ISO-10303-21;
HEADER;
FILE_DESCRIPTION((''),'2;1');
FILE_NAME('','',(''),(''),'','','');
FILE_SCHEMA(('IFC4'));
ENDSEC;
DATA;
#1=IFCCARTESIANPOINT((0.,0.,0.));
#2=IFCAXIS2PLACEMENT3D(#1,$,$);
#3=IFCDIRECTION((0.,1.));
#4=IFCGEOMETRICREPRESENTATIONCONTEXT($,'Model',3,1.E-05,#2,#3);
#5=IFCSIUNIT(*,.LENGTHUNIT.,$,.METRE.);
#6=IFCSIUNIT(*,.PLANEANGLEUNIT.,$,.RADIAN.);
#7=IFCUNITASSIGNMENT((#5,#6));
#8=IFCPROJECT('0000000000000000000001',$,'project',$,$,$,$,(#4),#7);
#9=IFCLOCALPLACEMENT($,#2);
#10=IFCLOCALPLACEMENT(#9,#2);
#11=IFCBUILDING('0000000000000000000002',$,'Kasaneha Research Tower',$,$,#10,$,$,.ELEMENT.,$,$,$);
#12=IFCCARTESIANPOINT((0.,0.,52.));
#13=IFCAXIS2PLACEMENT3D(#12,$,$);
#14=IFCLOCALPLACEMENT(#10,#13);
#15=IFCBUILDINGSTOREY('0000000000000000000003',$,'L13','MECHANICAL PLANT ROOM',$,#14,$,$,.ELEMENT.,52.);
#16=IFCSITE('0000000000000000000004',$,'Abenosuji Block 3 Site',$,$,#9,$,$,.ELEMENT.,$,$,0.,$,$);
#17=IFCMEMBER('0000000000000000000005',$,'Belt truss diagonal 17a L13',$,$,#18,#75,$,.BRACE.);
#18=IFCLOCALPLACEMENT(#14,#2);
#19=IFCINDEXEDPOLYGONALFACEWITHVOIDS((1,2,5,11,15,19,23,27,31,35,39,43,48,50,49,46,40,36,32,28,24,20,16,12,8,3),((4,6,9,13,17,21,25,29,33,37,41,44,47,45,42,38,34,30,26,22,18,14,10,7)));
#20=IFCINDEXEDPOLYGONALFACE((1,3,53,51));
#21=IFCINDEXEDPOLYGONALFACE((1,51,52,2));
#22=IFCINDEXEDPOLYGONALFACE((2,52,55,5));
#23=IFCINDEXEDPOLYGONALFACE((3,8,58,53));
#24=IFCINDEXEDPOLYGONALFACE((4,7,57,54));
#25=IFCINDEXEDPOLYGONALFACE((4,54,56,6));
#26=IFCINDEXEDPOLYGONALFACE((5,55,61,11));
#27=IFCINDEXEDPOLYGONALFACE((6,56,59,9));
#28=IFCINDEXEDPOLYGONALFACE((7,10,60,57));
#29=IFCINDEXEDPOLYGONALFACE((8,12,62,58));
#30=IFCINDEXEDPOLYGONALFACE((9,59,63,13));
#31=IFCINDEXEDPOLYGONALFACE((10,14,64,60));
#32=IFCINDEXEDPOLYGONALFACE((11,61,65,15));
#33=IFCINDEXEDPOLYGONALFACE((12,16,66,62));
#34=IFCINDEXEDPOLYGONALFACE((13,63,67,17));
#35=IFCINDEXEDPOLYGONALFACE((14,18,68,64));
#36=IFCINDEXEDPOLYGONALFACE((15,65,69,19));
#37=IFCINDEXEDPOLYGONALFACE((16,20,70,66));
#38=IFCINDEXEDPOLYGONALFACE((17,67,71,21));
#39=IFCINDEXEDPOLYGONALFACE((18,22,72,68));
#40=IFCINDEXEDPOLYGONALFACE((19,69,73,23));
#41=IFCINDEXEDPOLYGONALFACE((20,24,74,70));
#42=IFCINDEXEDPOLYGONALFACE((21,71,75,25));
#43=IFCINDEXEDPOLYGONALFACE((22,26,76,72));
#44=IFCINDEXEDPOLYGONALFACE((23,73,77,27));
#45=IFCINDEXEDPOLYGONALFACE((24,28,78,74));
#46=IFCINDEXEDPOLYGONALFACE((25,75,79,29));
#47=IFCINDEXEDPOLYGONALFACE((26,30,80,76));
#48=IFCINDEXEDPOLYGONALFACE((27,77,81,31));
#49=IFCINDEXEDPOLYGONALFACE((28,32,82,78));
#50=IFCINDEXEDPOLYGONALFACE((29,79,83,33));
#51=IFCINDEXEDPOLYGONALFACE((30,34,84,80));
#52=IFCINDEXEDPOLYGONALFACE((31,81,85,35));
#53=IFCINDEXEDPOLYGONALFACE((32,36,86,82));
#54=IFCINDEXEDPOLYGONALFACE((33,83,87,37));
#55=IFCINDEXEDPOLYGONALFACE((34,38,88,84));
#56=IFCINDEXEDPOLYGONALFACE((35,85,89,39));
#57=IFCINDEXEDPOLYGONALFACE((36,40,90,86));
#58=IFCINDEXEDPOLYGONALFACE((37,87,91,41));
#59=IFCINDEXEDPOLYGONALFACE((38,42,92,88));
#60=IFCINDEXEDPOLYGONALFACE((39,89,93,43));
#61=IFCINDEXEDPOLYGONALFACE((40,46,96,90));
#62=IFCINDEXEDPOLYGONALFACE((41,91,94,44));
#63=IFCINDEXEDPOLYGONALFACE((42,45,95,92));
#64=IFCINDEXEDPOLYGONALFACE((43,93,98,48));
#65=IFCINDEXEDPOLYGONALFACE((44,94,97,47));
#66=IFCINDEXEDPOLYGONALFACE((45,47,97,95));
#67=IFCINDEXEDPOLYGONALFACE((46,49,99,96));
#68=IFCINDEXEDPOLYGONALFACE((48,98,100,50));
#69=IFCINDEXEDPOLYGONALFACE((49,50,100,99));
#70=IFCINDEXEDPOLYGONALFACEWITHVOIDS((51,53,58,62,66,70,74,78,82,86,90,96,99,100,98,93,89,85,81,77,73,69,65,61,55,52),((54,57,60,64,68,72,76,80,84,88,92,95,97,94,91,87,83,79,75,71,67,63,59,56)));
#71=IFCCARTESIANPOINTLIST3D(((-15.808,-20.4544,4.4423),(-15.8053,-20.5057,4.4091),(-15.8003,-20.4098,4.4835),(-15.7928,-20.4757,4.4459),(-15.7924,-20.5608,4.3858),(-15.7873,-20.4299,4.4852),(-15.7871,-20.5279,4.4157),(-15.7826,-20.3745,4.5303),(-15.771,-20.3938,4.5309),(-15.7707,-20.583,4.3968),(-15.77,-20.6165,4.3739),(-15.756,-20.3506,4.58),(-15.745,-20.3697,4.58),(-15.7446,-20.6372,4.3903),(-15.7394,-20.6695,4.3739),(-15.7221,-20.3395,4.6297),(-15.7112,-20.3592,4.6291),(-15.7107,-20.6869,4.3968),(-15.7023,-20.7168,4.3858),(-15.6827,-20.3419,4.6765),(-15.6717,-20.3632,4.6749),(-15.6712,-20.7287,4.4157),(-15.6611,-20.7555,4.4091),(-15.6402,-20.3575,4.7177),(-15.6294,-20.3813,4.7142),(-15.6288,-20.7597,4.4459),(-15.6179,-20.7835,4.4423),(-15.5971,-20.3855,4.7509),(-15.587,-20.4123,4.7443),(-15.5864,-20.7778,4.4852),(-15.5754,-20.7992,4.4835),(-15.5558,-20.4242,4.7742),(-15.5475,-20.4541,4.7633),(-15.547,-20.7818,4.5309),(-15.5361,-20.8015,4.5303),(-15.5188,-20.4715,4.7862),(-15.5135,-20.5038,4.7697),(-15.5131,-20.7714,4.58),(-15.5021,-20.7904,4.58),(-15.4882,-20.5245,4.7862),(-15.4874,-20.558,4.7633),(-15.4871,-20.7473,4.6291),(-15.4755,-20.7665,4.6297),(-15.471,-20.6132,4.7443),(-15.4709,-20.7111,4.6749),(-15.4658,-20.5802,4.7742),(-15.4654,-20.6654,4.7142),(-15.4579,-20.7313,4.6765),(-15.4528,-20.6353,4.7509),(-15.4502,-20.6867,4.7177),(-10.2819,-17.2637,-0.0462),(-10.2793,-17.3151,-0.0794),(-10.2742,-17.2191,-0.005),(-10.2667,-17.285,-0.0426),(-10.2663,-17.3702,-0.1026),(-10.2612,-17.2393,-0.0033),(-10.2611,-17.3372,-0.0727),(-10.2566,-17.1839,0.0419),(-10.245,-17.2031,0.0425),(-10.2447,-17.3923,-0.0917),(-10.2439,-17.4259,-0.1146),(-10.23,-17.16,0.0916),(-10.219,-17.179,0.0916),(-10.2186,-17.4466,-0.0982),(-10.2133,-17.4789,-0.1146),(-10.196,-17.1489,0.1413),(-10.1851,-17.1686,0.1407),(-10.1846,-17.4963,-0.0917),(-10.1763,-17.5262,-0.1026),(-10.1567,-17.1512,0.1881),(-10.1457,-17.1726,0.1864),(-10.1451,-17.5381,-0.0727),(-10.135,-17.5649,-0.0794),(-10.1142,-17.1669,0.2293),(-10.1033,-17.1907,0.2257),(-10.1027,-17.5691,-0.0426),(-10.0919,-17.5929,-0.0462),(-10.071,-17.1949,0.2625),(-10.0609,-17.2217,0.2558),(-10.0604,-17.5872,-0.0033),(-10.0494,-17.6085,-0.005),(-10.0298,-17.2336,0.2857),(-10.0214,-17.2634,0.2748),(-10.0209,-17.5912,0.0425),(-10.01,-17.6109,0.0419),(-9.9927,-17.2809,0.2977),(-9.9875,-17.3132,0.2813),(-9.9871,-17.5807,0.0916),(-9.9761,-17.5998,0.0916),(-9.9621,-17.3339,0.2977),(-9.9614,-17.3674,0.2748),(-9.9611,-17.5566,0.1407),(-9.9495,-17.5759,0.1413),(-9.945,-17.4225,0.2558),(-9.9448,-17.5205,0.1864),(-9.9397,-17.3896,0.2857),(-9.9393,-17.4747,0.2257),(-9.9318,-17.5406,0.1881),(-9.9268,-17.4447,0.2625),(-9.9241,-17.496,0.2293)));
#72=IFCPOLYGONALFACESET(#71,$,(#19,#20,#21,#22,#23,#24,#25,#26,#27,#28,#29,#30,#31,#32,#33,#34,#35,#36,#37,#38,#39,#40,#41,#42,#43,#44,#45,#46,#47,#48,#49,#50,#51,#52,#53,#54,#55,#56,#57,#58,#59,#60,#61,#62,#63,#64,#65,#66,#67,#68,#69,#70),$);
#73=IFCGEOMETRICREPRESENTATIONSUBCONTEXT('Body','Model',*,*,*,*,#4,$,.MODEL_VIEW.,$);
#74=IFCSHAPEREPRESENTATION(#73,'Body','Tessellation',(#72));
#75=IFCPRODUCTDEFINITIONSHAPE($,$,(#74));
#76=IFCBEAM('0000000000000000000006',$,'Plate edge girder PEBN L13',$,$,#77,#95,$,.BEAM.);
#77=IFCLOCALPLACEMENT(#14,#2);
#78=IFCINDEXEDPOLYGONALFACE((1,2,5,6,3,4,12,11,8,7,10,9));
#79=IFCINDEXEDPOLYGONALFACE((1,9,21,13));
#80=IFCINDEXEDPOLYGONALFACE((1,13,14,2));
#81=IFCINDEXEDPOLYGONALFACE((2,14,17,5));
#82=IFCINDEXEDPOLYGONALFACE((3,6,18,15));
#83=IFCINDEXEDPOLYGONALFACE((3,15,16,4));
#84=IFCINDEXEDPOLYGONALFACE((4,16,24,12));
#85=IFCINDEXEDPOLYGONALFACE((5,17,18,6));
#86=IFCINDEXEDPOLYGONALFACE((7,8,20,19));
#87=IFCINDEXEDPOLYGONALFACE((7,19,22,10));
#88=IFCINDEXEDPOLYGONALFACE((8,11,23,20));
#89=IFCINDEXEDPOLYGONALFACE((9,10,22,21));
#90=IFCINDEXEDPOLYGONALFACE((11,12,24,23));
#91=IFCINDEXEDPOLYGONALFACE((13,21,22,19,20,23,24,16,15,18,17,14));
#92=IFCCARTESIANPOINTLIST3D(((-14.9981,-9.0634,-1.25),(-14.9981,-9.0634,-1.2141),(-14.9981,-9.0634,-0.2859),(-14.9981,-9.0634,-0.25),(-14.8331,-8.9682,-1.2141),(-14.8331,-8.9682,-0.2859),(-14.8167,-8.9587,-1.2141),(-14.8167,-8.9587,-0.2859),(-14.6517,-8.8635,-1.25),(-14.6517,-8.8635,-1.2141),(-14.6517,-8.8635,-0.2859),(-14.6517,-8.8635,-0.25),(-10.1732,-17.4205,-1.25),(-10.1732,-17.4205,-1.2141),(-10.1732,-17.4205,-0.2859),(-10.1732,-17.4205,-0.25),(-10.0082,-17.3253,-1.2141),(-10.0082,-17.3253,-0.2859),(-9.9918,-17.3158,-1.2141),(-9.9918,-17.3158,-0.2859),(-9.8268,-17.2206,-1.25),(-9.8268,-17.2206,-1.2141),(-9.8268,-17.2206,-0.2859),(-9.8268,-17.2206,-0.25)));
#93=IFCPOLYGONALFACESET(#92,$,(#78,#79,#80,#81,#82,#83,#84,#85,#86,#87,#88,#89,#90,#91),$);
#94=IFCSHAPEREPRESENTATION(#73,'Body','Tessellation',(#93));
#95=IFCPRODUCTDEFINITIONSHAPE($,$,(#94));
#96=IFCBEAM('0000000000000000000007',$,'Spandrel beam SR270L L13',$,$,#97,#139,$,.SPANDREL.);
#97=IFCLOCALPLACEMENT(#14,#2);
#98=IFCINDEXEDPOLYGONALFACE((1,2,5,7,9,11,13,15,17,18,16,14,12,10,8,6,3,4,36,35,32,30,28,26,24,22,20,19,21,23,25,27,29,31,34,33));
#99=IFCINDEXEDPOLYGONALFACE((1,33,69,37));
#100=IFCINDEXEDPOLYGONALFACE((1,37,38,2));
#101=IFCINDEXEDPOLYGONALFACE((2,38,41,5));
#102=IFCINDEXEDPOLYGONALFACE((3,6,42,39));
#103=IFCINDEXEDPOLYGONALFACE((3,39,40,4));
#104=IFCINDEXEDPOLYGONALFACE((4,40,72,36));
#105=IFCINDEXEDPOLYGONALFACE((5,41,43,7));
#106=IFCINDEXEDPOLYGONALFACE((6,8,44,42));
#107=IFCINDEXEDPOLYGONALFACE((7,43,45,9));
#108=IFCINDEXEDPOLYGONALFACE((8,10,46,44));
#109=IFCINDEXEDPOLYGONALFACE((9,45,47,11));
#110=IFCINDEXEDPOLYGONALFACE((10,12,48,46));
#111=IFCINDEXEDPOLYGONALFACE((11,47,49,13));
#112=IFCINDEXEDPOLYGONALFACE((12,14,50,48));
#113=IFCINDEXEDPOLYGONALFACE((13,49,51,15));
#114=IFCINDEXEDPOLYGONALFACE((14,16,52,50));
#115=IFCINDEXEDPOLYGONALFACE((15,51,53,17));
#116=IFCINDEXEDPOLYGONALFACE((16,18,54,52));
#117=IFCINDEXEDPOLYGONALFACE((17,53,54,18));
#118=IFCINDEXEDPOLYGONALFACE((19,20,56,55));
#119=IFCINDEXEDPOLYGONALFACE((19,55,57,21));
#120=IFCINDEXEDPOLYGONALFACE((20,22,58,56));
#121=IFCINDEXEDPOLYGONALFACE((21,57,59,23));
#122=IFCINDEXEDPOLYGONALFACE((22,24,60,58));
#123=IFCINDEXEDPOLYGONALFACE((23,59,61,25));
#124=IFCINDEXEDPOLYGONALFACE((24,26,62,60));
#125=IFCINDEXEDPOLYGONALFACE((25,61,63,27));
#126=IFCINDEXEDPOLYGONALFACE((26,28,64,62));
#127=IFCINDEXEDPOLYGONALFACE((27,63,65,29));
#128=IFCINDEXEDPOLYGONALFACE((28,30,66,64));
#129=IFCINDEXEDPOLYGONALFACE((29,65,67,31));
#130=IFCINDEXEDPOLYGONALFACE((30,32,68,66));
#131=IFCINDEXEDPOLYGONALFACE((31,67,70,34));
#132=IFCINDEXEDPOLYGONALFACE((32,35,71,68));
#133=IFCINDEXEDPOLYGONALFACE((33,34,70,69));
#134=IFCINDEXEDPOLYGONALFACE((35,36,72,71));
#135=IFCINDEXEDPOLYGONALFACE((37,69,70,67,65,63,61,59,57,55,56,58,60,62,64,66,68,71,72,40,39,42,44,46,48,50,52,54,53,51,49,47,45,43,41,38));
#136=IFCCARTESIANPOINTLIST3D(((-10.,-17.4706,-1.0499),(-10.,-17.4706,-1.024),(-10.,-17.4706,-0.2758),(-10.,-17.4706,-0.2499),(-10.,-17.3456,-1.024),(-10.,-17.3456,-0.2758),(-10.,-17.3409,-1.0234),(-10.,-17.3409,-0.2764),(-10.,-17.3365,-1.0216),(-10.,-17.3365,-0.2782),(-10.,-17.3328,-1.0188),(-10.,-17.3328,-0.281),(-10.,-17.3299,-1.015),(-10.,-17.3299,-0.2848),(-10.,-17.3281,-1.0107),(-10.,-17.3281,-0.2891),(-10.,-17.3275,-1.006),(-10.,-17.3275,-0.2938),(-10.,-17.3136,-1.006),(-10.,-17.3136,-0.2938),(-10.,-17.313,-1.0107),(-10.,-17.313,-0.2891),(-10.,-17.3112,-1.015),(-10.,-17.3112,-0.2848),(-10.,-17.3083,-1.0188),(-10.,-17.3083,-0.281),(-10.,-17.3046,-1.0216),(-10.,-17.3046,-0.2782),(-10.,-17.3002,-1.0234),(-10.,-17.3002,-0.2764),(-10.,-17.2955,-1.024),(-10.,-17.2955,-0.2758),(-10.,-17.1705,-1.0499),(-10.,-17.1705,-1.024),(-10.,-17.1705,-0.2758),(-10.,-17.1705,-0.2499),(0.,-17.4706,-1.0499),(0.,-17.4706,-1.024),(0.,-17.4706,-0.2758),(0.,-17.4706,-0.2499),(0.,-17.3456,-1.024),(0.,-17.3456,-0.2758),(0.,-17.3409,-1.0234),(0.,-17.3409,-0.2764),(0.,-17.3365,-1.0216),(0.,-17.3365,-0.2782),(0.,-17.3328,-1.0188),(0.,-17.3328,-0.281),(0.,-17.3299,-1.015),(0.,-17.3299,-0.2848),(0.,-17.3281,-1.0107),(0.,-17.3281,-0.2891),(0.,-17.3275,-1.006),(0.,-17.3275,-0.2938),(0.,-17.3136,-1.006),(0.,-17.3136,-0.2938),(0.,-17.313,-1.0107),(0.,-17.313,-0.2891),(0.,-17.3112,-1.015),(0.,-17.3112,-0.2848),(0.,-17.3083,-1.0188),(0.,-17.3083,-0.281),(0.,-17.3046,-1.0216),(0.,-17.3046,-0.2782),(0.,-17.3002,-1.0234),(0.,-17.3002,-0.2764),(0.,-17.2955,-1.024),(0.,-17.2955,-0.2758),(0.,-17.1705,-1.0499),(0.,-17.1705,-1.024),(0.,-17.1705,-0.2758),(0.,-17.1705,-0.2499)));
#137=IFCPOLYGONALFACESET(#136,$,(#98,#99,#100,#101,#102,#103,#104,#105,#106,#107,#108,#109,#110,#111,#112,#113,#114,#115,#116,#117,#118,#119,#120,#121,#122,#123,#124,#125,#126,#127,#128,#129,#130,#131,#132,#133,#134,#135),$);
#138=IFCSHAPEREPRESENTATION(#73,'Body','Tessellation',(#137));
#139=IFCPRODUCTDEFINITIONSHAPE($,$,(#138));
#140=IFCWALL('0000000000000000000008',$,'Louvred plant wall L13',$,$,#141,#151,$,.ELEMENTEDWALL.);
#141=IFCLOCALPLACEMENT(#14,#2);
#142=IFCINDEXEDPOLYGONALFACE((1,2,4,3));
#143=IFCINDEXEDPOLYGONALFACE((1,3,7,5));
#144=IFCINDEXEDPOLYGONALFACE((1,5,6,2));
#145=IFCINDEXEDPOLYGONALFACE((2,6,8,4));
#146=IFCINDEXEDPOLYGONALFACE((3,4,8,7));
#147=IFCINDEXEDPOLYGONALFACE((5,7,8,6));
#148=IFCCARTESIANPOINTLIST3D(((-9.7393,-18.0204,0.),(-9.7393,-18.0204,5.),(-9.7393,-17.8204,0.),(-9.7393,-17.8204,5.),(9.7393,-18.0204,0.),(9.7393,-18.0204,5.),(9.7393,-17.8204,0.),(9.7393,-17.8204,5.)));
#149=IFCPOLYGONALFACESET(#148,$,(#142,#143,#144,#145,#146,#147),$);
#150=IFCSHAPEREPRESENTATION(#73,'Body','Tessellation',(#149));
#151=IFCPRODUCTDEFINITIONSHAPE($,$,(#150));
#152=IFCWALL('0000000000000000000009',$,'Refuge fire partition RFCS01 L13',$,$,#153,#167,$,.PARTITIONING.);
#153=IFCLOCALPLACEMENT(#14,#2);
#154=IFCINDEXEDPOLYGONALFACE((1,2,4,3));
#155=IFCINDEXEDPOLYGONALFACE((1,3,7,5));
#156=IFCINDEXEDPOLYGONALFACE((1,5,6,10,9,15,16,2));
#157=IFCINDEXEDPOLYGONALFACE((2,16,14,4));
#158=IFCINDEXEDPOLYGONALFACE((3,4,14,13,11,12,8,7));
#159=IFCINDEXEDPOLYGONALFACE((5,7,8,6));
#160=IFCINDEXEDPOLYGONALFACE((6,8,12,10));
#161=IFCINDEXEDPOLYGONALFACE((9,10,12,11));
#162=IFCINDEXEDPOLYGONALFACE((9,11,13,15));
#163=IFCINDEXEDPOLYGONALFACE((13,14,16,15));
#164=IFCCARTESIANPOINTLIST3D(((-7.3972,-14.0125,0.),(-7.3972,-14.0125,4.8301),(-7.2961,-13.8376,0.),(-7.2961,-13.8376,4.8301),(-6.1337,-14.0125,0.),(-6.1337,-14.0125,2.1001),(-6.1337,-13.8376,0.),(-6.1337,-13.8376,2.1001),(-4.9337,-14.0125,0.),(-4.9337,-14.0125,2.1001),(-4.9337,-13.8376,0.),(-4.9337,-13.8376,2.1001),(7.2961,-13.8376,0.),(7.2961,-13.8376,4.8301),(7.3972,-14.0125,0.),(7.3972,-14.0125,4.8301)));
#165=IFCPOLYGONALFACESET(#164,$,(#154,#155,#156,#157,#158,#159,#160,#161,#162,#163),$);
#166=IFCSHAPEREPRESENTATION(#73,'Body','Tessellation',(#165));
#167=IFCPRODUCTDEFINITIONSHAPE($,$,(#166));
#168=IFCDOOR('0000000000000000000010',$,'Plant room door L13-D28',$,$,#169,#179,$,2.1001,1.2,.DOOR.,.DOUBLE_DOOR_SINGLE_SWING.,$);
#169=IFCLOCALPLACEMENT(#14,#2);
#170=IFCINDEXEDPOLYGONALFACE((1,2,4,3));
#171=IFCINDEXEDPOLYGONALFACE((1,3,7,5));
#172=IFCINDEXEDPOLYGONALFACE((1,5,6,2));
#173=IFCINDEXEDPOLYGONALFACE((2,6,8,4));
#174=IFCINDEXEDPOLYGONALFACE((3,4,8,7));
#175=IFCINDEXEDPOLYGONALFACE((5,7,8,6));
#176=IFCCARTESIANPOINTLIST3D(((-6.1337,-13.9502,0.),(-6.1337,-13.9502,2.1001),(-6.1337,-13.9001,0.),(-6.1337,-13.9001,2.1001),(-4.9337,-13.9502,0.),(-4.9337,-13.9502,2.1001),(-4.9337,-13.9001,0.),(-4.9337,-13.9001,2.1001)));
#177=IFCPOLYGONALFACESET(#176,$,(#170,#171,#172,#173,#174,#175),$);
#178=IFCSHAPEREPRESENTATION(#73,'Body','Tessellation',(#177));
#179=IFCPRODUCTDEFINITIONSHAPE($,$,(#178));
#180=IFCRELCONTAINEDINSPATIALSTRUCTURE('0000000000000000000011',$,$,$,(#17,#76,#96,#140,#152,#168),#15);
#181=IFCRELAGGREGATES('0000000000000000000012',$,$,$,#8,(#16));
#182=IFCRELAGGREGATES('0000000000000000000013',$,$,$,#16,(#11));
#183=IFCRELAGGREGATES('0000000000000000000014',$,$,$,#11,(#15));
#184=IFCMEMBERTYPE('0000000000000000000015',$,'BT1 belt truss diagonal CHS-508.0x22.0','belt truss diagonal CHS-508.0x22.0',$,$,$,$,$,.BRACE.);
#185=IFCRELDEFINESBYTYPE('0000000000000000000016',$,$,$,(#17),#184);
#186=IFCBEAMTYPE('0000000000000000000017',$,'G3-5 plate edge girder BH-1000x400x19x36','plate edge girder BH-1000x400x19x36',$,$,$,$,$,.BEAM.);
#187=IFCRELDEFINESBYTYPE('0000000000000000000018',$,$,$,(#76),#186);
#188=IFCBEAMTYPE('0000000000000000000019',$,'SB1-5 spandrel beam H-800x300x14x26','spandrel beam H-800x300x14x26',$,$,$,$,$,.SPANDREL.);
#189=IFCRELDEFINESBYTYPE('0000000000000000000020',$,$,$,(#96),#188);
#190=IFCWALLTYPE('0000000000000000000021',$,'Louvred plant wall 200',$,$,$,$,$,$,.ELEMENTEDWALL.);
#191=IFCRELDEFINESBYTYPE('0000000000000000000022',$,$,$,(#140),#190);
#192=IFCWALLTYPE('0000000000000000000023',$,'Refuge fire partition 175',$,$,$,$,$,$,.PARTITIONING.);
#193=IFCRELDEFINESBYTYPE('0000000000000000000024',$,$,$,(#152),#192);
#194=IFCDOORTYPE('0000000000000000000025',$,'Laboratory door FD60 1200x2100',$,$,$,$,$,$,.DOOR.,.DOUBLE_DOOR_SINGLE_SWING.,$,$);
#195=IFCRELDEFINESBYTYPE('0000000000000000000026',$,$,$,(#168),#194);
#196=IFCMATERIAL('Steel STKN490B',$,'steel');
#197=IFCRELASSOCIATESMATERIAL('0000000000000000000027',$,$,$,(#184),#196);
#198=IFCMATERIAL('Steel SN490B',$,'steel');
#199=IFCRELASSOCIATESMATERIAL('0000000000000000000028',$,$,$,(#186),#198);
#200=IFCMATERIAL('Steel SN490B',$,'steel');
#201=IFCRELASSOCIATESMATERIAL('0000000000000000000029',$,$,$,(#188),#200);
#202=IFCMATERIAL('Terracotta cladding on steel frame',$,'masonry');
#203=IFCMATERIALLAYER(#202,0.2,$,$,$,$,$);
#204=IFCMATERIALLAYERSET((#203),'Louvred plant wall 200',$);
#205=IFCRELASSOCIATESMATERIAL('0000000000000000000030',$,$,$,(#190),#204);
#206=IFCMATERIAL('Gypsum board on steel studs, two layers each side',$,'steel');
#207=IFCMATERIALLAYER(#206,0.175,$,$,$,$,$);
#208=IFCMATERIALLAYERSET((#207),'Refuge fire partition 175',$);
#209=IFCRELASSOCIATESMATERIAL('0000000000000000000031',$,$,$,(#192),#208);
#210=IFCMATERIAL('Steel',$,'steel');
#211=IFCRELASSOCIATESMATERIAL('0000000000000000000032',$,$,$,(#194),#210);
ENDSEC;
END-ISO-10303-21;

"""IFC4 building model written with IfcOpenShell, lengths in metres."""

from ifc_helpers import new_model, si_unit, direction, frame, frame_2d, origin, origin_2d, place, context, subcontext, project, spatial, polyline, rectangle, hollow_circle, i_section, outline, extrude, material, layer, layer_set, material_profile, profile_set, type_object, element, fill, save


model = new_model("IFC4")

# Units and contexts
model_context = context("Model", 3, precision=1e-05, world=origin(), true_north=direction((0.0, 1.0)))
body_context = subcontext(model_context, "Body", "Model", "MODEL_VIEW")
ifc_project = project(units=[si_unit("LENGTHUNIT", "METRE"), si_unit("PLANEANGLEUNIT", "RADIAN")], contexts=[model_context])

# Site, building, storey
site_placement = place(None, origin())
site = spatial("IfcSite", under=ifc_project, at=site_placement, Name="Abenosuji Block 3 Site", CompositionType="ELEMENT", RefElevation=0.0)
building_placement = place(site_placement, origin())
building = spatial("IfcBuilding", under=site, at=building_placement, Name="Kasaneha Research Tower", CompositionType="ELEMENT")
storey_placement = place(building_placement, frame((0.0, 0.0, 52.0)))
storey = spatial("IfcBuildingStorey", under=building, at=storey_placement, Name="L13", Description="MECHANICAL PLANT ROOM", CompositionType="ELEMENT", Elevation=52.0)

# Member
ifc_material_1 = material(Name="Steel STKN490B", Category="steel")
ifc_material_profile_1 = material_profile(ifc_material_1, hollow_circle(Radius=0.2539, WallThickness=0.022, at=origin_2d()), Name="CHS-508.0x22.0")
ifc_profile_set_1 = profile_set([ifc_material_profile_1], Name="Steel STKN490B")
member_type = type_object("IfcMemberType", Name="BT1 belt truss diagonal CHS-508.0x22.0", Description="belt truss diagonal CHS-508.0x22.0", PredefinedType="BRACE", material=ifc_profile_set_1)
member_placement = place(storey_placement, frame((-10.103, -17.3799, 0.0916), z_axis=(-0.70833, -0.408976, 0.575332), x_axis=(0.500019, -0.866014, 0.0)))
element("IfcMember", 1, at=member_placement, inside=storey, type_object=member_type, Name="Belt truss diagonal 17a L13", PredefinedType="BRACE", context=body_context, shape_type="SweptSolid", body=[
    extrude(hollow_circle(Radius=0.2539, WallThickness=0.022, at=origin_2d()), origin(), (0.0, 0.0, 1.0), 7.8015),
])

# Beams
ifc_material_2 = material(Name="Steel SN490B", Category="steel")
ifc_material_profile_2 = material_profile(ifc_material_2, i_section(OverallWidth=0.3999, OverallDepth=1.0, WebThickness=0.019, FlangeThickness=0.0359, at=origin_2d()), Name="BH-1000x400x19x36")
ifc_profile_set_2 = profile_set([ifc_material_profile_2], Name="Steel SN490B")
beam_type_1 = type_object("IfcBeamType", Name="G3-5 plate edge girder BH-1000x400x19x36", Description="plate edge girder BH-1000x400x19x36", PredefinedType="BEAM", material=ifc_profile_set_2)
beam_1_placement = place(storey_placement, frame((-10.0, -17.3206, -0.75), z_axis=(-0.499995, 0.866028, 0.0), x_axis=(-0.866028, -0.499995, 0.0)))
element("IfcBeam", 2, at=beam_1_placement, inside=storey, type_object=beam_type_1, Name="Plate edge girder PEBN L13", PredefinedType="BEAM", context=body_context, shape_type="SweptSolid", body=[
    extrude(i_section(OverallWidth=0.3999, OverallDepth=1.0, WebThickness=0.019, FlangeThickness=0.0359, at=origin_2d()), origin(), (0.0, 0.0, 1.0), 9.6499),
])
ifc_material_3 = material(Name="Steel SN490B", Category="steel")
ifc_material_profile_3 = material_profile(ifc_material_3, i_section(OverallWidth=0.3, OverallDepth=0.8, WebThickness=0.0139, FlangeThickness=0.0259, FilletRadius=0.0181, at=origin_2d()), Name="H-800x300x14x26")
ifc_profile_set_3 = profile_set([ifc_material_profile_3], Name="Steel SN490B")
beam_type_2 = type_object("IfcBeamType", Name="SB1-5 spandrel beam H-800x300x14x26", Description="spandrel beam H-800x300x14x26", PredefinedType="SPANDREL", material=ifc_profile_set_3)
beam_2_placement = place(storey_placement, frame((-10.0, -17.3206, -0.6499), z_axis=(1.0, 0.0, 0.0), x_axis=(0.0, 1.0, 0.0)))
element("IfcBeam", 3, at=beam_2_placement, inside=storey, type_object=beam_type_2, Name="Spandrel beam SR270L L13", PredefinedType="SPANDREL", context=body_context, shape_type="SweptSolid", body=[
    extrude(i_section(OverallWidth=0.3, OverallDepth=0.8, WebThickness=0.0139, FlangeThickness=0.0259, FilletRadius=0.0181, at=origin_2d()), origin(), (0.0, 0.0, 1.0), 10.0),
])

# Wall
ifc_material_4 = material(Name="Terracotta cladding on steel frame", Category="masonry")
ifc_layer_1 = layer(ifc_material_4, 0.2)
ifc_layer_set_1 = layer_set([ifc_layer_1], Name="Louvred plant wall 200")
wall_type_1 = type_object("IfcWallType", Name="Louvred plant wall 200", PredefinedType="ELEMENTEDWALL", material=ifc_layer_set_1)
wall_1_placement = place(storey_placement, frame((-9.7393, -17.9204, 0.0), z_axis=(0.0, 0.0, 1.0), x_axis=(1.0, 0.0, 0.0)))
element("IfcWall", 4, at=wall_1_placement, inside=storey, type_object=wall_type_1, Name="Louvred plant wall L13", PredefinedType="ELEMENTEDWALL", context=body_context, shape_type="SweptSolid", body=[
    extrude(rectangle(XDim=19.4785, YDim=0.2, at=frame_2d((9.7393, 0.0))), origin(), (0.0, 0.0, 1.0), 5.0),
])

# Wall, opening, door
ifc_material_5 = material(Name="Gypsum board on steel studs, two layers each side", Category="steel")
ifc_layer_2 = layer(ifc_material_5, 0.175)
ifc_layer_set_2 = layer_set([ifc_layer_2], Name="Refuge fire partition 175")
wall_type_2 = type_object("IfcWallType", Name="Refuge fire partition 175", PredefinedType="PARTITIONING", material=ifc_layer_set_2)
wall_2_placement = place(storey_placement, frame((-7.3467, -13.925, 0.0), z_axis=(0.0, 0.0, 1.0), x_axis=(1.0, 0.0, 0.0)))
wall_2 = element("IfcWall", 5, at=wall_2_placement, inside=storey, type_object=wall_type_2, Name="Refuge fire partition RFCS01 L13", PredefinedType="PARTITIONING", context=body_context, shape_type="SweptSolid", body=[
    extrude(outline(polyline([(-0.0505, -0.0874), (1.2129, -0.0874), (2.4128, -0.0874), (14.7439, -0.0874), (14.6428, 0.0874), (2.4128, 0.0874), (1.2129, 0.0874), (0.0505, 0.0874), (-0.0505, -0.0874)])), origin(), (0.0, 0.0, 1.0), 4.8301),
])
opening_placement = place(wall_2_placement, frame((1.2129, 0.0, 0.0)))
opening = element("IfcOpeningElement", 6, at=opening_placement, cuts=wall_2, PredefinedType="OPENING", context=body_context, shape_type="SweptSolid", body=[
    extrude(rectangle(XDim=1.2, YDim=2.1001, at=frame_2d((0.6001, 1.05))), frame((0.0, 0.0977, 0.0), z_axis=(0.0, -1.0, 0.0), x_axis=(1.0, 0.0, 0.0)), (0.0, 0.0, 1.0), 0.1951),
])
ifc_material_6 = material(Name="Steel", Category="steel")
door_type = type_object("IfcDoorType", Name="Laboratory door FD60 1200x2100", OperationType="DOUBLE_DOOR_SINGLE_SWING", PredefinedType="DOOR", material=ifc_material_6)
door_placement = place(opening_placement, origin())
door = element("IfcDoor", 7, at=door_placement, inside=storey, type_object=door_type, Name="Plant room door L13-D28", OperationType="DOUBLE_DOOR_SINGLE_SWING", OverallHeight=2.1001, OverallWidth=1.2, PredefinedType="DOOR", context=body_context, shape_type="SweptSolid", body=[
    extrude(rectangle(XDim=1.2, YDim=2.1001, at=frame_2d((0.6001, 1.05))), frame((0.0, 0.0249, 0.0), z_axis=(0.0, -1.0, 0.0), x_axis=(1.0, 0.0, 0.0)), (0.0, 0.0, 1.0), 0.05),
])
fill(opening, door)

save(model, "model.ifc")
